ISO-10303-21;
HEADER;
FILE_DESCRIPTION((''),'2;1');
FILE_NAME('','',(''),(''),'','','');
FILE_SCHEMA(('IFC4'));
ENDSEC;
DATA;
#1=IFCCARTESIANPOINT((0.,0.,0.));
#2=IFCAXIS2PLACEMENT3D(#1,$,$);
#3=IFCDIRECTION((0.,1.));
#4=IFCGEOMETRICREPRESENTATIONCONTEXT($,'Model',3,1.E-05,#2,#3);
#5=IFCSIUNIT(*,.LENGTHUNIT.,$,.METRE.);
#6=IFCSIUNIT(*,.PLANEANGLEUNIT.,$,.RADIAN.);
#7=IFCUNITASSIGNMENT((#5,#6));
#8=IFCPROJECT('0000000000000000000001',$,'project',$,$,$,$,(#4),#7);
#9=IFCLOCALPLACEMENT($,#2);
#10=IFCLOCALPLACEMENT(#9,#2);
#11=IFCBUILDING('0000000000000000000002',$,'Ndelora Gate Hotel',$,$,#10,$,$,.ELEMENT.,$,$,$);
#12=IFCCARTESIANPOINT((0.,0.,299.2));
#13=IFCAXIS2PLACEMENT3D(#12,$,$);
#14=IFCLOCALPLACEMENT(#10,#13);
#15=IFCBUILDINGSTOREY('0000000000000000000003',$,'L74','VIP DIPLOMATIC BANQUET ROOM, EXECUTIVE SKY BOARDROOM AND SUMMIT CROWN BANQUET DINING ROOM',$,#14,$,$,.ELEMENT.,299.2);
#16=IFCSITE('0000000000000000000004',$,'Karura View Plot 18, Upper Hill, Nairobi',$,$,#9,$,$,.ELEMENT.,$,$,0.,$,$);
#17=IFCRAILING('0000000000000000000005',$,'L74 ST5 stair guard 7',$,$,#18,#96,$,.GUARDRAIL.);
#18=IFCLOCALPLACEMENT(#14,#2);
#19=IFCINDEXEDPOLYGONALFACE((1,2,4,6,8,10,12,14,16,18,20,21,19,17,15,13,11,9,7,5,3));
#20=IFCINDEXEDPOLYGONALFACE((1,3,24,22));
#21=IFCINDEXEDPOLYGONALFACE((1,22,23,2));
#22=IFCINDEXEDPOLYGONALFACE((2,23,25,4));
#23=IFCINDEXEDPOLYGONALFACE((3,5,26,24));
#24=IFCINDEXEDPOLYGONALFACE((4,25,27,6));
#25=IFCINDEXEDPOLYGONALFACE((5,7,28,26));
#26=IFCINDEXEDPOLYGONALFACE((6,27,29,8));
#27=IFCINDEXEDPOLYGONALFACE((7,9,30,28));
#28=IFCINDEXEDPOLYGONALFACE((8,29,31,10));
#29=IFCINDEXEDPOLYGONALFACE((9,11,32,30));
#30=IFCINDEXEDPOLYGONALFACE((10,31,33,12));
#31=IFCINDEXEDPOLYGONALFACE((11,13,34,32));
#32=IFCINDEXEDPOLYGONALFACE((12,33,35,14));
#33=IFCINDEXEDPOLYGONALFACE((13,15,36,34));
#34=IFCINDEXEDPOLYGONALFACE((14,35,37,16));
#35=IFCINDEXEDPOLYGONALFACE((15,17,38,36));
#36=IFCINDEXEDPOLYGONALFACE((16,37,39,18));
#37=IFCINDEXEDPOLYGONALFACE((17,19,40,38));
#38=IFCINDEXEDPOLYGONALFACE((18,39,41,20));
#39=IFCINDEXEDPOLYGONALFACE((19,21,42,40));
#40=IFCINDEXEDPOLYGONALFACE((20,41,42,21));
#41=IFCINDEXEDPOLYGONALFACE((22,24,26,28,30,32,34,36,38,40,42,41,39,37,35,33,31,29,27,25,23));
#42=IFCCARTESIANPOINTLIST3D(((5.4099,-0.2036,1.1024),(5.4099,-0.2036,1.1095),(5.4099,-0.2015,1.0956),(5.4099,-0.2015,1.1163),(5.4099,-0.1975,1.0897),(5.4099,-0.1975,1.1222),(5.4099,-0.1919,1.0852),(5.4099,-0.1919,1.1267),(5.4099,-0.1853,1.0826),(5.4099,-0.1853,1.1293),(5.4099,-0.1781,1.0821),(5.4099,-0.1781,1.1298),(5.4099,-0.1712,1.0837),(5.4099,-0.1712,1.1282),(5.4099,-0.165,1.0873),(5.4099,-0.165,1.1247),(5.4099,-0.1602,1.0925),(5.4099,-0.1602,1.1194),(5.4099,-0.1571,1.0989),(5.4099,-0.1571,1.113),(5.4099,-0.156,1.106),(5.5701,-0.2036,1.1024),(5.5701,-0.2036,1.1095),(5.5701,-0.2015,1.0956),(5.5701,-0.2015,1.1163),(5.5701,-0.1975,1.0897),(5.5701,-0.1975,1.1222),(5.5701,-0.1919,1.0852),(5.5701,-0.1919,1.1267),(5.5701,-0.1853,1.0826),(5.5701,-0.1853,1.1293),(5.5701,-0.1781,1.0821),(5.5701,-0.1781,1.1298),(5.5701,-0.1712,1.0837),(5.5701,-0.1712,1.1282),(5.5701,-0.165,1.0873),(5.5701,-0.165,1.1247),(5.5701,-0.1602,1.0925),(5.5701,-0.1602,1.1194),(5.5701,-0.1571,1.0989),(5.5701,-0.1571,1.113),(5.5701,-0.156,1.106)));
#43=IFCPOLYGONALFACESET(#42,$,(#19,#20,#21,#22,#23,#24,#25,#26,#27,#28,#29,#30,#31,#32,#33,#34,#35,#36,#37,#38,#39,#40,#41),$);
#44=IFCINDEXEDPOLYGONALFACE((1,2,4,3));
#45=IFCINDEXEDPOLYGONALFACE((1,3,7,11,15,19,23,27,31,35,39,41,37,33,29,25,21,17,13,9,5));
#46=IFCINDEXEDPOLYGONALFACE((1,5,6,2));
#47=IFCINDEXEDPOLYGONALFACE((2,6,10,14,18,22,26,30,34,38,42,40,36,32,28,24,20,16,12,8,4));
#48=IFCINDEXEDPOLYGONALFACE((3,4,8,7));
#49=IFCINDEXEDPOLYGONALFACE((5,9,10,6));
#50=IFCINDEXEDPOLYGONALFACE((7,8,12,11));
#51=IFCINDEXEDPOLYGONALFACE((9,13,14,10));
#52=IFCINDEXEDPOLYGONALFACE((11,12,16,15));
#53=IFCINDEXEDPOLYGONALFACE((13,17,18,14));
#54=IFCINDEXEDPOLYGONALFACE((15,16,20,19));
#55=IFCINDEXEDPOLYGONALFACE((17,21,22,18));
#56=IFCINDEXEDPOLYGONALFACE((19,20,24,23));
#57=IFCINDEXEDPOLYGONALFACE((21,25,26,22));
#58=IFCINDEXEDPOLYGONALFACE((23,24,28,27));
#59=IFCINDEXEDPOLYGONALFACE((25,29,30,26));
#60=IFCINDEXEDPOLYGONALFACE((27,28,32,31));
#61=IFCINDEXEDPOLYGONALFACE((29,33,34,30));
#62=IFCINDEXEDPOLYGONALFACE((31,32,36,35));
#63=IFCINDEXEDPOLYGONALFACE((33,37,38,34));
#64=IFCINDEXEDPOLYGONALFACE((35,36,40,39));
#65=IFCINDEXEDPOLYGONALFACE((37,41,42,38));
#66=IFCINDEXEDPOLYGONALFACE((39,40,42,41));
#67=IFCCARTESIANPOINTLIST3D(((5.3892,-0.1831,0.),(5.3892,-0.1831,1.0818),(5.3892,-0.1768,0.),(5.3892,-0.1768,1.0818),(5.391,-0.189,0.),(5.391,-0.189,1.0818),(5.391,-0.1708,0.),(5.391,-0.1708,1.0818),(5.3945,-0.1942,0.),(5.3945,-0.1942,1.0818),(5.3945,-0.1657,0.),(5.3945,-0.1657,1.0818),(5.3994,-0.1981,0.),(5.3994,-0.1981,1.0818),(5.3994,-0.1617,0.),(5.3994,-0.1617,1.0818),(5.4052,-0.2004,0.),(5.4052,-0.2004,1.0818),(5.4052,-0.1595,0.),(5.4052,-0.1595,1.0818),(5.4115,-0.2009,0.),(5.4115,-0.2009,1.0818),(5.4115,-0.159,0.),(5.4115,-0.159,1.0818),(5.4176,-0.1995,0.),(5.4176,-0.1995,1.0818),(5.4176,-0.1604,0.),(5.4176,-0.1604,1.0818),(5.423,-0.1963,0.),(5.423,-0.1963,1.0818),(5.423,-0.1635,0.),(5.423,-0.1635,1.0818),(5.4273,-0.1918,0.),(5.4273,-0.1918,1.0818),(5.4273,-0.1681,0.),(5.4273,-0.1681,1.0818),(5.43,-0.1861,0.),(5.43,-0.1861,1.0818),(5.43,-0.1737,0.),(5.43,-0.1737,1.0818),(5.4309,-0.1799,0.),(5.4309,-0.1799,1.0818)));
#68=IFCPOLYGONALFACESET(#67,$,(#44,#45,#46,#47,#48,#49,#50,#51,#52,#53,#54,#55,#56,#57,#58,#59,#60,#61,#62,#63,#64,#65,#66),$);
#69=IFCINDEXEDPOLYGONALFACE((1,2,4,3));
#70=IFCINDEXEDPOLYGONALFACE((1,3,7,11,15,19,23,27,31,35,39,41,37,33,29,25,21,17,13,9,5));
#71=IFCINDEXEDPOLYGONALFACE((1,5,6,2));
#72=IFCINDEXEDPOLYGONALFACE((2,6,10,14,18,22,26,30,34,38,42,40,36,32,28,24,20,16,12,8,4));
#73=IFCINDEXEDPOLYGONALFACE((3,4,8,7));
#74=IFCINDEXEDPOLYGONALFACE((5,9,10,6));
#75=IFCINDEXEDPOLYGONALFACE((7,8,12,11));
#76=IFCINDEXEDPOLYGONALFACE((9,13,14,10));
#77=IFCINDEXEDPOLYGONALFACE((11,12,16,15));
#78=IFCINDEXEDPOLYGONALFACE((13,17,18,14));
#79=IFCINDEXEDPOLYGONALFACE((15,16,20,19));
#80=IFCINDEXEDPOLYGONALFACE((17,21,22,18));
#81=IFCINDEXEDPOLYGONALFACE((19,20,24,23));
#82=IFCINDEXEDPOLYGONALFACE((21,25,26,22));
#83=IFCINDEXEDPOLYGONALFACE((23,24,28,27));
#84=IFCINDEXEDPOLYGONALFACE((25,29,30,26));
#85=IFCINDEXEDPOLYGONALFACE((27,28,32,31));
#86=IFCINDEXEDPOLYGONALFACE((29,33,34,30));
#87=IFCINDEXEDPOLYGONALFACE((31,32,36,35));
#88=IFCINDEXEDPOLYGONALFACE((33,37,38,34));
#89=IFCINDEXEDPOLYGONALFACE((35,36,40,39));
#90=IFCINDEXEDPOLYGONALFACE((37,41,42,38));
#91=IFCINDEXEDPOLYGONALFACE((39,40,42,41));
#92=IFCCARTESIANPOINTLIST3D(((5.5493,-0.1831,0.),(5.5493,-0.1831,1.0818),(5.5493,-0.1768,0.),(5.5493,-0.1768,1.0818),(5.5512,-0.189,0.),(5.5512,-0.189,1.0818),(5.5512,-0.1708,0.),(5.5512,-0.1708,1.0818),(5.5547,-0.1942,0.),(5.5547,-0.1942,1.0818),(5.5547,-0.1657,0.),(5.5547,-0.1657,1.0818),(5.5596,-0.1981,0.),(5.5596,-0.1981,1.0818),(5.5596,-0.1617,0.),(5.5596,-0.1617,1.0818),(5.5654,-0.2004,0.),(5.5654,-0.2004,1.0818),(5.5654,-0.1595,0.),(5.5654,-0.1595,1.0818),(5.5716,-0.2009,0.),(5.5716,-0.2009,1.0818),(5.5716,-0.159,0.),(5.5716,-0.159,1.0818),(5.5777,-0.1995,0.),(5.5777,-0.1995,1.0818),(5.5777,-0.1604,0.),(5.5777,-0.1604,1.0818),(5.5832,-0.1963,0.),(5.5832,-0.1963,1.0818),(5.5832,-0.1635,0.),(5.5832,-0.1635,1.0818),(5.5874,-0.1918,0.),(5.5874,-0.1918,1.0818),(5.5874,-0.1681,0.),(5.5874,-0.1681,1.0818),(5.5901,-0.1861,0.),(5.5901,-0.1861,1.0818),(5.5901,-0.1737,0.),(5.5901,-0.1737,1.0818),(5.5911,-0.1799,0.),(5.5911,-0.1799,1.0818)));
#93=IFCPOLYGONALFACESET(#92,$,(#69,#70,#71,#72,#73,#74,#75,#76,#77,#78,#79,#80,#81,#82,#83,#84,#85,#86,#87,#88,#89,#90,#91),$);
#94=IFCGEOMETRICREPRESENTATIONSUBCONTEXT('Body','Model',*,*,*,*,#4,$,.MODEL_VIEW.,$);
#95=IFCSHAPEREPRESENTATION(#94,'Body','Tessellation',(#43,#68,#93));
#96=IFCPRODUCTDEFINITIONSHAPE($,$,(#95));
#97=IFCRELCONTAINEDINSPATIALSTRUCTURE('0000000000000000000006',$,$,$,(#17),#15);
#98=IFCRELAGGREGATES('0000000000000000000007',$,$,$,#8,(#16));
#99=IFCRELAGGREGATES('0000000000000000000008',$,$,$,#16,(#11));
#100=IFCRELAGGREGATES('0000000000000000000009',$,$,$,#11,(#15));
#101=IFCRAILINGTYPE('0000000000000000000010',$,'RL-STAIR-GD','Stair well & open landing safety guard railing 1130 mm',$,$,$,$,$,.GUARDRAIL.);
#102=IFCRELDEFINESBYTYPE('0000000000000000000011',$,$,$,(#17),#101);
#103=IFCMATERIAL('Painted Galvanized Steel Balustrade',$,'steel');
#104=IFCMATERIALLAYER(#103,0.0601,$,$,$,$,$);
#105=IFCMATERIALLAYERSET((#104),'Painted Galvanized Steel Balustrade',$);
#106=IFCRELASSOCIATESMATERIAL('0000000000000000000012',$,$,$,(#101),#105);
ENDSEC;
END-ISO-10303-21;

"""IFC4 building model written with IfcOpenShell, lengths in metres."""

from ifc_helpers import new_model, si_unit, direction, frame, origin, origin_2d, place, context, subcontext, project, spatial, circle, extrude, material, layer, layer_set, type_object, element, save


model = new_model("IFC4")

# Units and contexts
model_context = context("Model", 3, precision=1e-05, world=origin(), true_north=direction((0.0, 1.0)))
body_context = subcontext(model_context, "Body", "Model", "MODEL_VIEW")
ifc_project = project(units=[si_unit("LENGTHUNIT", "METRE"), si_unit("PLANEANGLEUNIT", "RADIAN")], contexts=[model_context])

# Site, building, storey
site_placement = place(None, origin())
site = spatial("IfcSite", under=ifc_project, at=site_placement, Name="Karura View Plot 18, Upper Hill, Nairobi", CompositionType="ELEMENT", RefElevation=0.0)
building_placement = place(site_placement, origin())
building = spatial("IfcBuilding", under=site, at=building_placement, Name="Ndelora Gate Hotel", CompositionType="ELEMENT")
storey_placement = place(building_placement, frame((0.0, 0.0, 299.2)))
storey = spatial("IfcBuildingStorey", under=building, at=storey_placement, Name="L74", Description="VIP DIPLOMATIC BANQUET ROOM, EXECUTIVE SKY BOARDROOM AND SUMMIT CROWN BANQUET DINING ROOM", CompositionType="ELEMENT", Elevation=299.2)

# Railing
ifc_material_1 = material(Name="Painted Galvanized Steel Balustrade", Category="steel")
ifc_layer_1 = layer(ifc_material_1, 0.0601)
ifc_layer_set_1 = layer_set([ifc_layer_1], Name="Painted Galvanized Steel Balustrade")
railing_type_1 = type_object("IfcRailingType", Name="RL-STAIR-GD", Description="Stair well & open landing safety guard railing 1130 mm", PredefinedType="GUARDRAIL", material=ifc_layer_set_1)
railing_1_placement = place(storey_placement, frame((5.4099, -0.1799, 0.0)))
element("IfcRailing", 1, at=railing_1_placement, inside=storey, type_object=railing_type_1, Name="L74 ST5 stair guard 7", PredefinedType="GUARDRAIL", context=body_context, shape_type="SweptSolid", body=[
    extrude(circle(Radius=0.0239, at=origin_2d()), frame((0.0, 0.0, 1.106), z_axis=(1.0, 0.0, 0.0), x_axis=(0.0, 1.0, 0.0)), (0.0, 0.0, 1.0), 0.1602),
    extrude(circle(Radius=0.021, at=origin_2d()), origin(), (0.0, 0.0, 1.0), 1.0818),
    extrude(circle(Radius=0.021, at=origin_2d()), frame((0.1602, 0.0, 0.0)), (0.0, 0.0, 1.0), 1.0818),
])

save(model, "model.ifc")
